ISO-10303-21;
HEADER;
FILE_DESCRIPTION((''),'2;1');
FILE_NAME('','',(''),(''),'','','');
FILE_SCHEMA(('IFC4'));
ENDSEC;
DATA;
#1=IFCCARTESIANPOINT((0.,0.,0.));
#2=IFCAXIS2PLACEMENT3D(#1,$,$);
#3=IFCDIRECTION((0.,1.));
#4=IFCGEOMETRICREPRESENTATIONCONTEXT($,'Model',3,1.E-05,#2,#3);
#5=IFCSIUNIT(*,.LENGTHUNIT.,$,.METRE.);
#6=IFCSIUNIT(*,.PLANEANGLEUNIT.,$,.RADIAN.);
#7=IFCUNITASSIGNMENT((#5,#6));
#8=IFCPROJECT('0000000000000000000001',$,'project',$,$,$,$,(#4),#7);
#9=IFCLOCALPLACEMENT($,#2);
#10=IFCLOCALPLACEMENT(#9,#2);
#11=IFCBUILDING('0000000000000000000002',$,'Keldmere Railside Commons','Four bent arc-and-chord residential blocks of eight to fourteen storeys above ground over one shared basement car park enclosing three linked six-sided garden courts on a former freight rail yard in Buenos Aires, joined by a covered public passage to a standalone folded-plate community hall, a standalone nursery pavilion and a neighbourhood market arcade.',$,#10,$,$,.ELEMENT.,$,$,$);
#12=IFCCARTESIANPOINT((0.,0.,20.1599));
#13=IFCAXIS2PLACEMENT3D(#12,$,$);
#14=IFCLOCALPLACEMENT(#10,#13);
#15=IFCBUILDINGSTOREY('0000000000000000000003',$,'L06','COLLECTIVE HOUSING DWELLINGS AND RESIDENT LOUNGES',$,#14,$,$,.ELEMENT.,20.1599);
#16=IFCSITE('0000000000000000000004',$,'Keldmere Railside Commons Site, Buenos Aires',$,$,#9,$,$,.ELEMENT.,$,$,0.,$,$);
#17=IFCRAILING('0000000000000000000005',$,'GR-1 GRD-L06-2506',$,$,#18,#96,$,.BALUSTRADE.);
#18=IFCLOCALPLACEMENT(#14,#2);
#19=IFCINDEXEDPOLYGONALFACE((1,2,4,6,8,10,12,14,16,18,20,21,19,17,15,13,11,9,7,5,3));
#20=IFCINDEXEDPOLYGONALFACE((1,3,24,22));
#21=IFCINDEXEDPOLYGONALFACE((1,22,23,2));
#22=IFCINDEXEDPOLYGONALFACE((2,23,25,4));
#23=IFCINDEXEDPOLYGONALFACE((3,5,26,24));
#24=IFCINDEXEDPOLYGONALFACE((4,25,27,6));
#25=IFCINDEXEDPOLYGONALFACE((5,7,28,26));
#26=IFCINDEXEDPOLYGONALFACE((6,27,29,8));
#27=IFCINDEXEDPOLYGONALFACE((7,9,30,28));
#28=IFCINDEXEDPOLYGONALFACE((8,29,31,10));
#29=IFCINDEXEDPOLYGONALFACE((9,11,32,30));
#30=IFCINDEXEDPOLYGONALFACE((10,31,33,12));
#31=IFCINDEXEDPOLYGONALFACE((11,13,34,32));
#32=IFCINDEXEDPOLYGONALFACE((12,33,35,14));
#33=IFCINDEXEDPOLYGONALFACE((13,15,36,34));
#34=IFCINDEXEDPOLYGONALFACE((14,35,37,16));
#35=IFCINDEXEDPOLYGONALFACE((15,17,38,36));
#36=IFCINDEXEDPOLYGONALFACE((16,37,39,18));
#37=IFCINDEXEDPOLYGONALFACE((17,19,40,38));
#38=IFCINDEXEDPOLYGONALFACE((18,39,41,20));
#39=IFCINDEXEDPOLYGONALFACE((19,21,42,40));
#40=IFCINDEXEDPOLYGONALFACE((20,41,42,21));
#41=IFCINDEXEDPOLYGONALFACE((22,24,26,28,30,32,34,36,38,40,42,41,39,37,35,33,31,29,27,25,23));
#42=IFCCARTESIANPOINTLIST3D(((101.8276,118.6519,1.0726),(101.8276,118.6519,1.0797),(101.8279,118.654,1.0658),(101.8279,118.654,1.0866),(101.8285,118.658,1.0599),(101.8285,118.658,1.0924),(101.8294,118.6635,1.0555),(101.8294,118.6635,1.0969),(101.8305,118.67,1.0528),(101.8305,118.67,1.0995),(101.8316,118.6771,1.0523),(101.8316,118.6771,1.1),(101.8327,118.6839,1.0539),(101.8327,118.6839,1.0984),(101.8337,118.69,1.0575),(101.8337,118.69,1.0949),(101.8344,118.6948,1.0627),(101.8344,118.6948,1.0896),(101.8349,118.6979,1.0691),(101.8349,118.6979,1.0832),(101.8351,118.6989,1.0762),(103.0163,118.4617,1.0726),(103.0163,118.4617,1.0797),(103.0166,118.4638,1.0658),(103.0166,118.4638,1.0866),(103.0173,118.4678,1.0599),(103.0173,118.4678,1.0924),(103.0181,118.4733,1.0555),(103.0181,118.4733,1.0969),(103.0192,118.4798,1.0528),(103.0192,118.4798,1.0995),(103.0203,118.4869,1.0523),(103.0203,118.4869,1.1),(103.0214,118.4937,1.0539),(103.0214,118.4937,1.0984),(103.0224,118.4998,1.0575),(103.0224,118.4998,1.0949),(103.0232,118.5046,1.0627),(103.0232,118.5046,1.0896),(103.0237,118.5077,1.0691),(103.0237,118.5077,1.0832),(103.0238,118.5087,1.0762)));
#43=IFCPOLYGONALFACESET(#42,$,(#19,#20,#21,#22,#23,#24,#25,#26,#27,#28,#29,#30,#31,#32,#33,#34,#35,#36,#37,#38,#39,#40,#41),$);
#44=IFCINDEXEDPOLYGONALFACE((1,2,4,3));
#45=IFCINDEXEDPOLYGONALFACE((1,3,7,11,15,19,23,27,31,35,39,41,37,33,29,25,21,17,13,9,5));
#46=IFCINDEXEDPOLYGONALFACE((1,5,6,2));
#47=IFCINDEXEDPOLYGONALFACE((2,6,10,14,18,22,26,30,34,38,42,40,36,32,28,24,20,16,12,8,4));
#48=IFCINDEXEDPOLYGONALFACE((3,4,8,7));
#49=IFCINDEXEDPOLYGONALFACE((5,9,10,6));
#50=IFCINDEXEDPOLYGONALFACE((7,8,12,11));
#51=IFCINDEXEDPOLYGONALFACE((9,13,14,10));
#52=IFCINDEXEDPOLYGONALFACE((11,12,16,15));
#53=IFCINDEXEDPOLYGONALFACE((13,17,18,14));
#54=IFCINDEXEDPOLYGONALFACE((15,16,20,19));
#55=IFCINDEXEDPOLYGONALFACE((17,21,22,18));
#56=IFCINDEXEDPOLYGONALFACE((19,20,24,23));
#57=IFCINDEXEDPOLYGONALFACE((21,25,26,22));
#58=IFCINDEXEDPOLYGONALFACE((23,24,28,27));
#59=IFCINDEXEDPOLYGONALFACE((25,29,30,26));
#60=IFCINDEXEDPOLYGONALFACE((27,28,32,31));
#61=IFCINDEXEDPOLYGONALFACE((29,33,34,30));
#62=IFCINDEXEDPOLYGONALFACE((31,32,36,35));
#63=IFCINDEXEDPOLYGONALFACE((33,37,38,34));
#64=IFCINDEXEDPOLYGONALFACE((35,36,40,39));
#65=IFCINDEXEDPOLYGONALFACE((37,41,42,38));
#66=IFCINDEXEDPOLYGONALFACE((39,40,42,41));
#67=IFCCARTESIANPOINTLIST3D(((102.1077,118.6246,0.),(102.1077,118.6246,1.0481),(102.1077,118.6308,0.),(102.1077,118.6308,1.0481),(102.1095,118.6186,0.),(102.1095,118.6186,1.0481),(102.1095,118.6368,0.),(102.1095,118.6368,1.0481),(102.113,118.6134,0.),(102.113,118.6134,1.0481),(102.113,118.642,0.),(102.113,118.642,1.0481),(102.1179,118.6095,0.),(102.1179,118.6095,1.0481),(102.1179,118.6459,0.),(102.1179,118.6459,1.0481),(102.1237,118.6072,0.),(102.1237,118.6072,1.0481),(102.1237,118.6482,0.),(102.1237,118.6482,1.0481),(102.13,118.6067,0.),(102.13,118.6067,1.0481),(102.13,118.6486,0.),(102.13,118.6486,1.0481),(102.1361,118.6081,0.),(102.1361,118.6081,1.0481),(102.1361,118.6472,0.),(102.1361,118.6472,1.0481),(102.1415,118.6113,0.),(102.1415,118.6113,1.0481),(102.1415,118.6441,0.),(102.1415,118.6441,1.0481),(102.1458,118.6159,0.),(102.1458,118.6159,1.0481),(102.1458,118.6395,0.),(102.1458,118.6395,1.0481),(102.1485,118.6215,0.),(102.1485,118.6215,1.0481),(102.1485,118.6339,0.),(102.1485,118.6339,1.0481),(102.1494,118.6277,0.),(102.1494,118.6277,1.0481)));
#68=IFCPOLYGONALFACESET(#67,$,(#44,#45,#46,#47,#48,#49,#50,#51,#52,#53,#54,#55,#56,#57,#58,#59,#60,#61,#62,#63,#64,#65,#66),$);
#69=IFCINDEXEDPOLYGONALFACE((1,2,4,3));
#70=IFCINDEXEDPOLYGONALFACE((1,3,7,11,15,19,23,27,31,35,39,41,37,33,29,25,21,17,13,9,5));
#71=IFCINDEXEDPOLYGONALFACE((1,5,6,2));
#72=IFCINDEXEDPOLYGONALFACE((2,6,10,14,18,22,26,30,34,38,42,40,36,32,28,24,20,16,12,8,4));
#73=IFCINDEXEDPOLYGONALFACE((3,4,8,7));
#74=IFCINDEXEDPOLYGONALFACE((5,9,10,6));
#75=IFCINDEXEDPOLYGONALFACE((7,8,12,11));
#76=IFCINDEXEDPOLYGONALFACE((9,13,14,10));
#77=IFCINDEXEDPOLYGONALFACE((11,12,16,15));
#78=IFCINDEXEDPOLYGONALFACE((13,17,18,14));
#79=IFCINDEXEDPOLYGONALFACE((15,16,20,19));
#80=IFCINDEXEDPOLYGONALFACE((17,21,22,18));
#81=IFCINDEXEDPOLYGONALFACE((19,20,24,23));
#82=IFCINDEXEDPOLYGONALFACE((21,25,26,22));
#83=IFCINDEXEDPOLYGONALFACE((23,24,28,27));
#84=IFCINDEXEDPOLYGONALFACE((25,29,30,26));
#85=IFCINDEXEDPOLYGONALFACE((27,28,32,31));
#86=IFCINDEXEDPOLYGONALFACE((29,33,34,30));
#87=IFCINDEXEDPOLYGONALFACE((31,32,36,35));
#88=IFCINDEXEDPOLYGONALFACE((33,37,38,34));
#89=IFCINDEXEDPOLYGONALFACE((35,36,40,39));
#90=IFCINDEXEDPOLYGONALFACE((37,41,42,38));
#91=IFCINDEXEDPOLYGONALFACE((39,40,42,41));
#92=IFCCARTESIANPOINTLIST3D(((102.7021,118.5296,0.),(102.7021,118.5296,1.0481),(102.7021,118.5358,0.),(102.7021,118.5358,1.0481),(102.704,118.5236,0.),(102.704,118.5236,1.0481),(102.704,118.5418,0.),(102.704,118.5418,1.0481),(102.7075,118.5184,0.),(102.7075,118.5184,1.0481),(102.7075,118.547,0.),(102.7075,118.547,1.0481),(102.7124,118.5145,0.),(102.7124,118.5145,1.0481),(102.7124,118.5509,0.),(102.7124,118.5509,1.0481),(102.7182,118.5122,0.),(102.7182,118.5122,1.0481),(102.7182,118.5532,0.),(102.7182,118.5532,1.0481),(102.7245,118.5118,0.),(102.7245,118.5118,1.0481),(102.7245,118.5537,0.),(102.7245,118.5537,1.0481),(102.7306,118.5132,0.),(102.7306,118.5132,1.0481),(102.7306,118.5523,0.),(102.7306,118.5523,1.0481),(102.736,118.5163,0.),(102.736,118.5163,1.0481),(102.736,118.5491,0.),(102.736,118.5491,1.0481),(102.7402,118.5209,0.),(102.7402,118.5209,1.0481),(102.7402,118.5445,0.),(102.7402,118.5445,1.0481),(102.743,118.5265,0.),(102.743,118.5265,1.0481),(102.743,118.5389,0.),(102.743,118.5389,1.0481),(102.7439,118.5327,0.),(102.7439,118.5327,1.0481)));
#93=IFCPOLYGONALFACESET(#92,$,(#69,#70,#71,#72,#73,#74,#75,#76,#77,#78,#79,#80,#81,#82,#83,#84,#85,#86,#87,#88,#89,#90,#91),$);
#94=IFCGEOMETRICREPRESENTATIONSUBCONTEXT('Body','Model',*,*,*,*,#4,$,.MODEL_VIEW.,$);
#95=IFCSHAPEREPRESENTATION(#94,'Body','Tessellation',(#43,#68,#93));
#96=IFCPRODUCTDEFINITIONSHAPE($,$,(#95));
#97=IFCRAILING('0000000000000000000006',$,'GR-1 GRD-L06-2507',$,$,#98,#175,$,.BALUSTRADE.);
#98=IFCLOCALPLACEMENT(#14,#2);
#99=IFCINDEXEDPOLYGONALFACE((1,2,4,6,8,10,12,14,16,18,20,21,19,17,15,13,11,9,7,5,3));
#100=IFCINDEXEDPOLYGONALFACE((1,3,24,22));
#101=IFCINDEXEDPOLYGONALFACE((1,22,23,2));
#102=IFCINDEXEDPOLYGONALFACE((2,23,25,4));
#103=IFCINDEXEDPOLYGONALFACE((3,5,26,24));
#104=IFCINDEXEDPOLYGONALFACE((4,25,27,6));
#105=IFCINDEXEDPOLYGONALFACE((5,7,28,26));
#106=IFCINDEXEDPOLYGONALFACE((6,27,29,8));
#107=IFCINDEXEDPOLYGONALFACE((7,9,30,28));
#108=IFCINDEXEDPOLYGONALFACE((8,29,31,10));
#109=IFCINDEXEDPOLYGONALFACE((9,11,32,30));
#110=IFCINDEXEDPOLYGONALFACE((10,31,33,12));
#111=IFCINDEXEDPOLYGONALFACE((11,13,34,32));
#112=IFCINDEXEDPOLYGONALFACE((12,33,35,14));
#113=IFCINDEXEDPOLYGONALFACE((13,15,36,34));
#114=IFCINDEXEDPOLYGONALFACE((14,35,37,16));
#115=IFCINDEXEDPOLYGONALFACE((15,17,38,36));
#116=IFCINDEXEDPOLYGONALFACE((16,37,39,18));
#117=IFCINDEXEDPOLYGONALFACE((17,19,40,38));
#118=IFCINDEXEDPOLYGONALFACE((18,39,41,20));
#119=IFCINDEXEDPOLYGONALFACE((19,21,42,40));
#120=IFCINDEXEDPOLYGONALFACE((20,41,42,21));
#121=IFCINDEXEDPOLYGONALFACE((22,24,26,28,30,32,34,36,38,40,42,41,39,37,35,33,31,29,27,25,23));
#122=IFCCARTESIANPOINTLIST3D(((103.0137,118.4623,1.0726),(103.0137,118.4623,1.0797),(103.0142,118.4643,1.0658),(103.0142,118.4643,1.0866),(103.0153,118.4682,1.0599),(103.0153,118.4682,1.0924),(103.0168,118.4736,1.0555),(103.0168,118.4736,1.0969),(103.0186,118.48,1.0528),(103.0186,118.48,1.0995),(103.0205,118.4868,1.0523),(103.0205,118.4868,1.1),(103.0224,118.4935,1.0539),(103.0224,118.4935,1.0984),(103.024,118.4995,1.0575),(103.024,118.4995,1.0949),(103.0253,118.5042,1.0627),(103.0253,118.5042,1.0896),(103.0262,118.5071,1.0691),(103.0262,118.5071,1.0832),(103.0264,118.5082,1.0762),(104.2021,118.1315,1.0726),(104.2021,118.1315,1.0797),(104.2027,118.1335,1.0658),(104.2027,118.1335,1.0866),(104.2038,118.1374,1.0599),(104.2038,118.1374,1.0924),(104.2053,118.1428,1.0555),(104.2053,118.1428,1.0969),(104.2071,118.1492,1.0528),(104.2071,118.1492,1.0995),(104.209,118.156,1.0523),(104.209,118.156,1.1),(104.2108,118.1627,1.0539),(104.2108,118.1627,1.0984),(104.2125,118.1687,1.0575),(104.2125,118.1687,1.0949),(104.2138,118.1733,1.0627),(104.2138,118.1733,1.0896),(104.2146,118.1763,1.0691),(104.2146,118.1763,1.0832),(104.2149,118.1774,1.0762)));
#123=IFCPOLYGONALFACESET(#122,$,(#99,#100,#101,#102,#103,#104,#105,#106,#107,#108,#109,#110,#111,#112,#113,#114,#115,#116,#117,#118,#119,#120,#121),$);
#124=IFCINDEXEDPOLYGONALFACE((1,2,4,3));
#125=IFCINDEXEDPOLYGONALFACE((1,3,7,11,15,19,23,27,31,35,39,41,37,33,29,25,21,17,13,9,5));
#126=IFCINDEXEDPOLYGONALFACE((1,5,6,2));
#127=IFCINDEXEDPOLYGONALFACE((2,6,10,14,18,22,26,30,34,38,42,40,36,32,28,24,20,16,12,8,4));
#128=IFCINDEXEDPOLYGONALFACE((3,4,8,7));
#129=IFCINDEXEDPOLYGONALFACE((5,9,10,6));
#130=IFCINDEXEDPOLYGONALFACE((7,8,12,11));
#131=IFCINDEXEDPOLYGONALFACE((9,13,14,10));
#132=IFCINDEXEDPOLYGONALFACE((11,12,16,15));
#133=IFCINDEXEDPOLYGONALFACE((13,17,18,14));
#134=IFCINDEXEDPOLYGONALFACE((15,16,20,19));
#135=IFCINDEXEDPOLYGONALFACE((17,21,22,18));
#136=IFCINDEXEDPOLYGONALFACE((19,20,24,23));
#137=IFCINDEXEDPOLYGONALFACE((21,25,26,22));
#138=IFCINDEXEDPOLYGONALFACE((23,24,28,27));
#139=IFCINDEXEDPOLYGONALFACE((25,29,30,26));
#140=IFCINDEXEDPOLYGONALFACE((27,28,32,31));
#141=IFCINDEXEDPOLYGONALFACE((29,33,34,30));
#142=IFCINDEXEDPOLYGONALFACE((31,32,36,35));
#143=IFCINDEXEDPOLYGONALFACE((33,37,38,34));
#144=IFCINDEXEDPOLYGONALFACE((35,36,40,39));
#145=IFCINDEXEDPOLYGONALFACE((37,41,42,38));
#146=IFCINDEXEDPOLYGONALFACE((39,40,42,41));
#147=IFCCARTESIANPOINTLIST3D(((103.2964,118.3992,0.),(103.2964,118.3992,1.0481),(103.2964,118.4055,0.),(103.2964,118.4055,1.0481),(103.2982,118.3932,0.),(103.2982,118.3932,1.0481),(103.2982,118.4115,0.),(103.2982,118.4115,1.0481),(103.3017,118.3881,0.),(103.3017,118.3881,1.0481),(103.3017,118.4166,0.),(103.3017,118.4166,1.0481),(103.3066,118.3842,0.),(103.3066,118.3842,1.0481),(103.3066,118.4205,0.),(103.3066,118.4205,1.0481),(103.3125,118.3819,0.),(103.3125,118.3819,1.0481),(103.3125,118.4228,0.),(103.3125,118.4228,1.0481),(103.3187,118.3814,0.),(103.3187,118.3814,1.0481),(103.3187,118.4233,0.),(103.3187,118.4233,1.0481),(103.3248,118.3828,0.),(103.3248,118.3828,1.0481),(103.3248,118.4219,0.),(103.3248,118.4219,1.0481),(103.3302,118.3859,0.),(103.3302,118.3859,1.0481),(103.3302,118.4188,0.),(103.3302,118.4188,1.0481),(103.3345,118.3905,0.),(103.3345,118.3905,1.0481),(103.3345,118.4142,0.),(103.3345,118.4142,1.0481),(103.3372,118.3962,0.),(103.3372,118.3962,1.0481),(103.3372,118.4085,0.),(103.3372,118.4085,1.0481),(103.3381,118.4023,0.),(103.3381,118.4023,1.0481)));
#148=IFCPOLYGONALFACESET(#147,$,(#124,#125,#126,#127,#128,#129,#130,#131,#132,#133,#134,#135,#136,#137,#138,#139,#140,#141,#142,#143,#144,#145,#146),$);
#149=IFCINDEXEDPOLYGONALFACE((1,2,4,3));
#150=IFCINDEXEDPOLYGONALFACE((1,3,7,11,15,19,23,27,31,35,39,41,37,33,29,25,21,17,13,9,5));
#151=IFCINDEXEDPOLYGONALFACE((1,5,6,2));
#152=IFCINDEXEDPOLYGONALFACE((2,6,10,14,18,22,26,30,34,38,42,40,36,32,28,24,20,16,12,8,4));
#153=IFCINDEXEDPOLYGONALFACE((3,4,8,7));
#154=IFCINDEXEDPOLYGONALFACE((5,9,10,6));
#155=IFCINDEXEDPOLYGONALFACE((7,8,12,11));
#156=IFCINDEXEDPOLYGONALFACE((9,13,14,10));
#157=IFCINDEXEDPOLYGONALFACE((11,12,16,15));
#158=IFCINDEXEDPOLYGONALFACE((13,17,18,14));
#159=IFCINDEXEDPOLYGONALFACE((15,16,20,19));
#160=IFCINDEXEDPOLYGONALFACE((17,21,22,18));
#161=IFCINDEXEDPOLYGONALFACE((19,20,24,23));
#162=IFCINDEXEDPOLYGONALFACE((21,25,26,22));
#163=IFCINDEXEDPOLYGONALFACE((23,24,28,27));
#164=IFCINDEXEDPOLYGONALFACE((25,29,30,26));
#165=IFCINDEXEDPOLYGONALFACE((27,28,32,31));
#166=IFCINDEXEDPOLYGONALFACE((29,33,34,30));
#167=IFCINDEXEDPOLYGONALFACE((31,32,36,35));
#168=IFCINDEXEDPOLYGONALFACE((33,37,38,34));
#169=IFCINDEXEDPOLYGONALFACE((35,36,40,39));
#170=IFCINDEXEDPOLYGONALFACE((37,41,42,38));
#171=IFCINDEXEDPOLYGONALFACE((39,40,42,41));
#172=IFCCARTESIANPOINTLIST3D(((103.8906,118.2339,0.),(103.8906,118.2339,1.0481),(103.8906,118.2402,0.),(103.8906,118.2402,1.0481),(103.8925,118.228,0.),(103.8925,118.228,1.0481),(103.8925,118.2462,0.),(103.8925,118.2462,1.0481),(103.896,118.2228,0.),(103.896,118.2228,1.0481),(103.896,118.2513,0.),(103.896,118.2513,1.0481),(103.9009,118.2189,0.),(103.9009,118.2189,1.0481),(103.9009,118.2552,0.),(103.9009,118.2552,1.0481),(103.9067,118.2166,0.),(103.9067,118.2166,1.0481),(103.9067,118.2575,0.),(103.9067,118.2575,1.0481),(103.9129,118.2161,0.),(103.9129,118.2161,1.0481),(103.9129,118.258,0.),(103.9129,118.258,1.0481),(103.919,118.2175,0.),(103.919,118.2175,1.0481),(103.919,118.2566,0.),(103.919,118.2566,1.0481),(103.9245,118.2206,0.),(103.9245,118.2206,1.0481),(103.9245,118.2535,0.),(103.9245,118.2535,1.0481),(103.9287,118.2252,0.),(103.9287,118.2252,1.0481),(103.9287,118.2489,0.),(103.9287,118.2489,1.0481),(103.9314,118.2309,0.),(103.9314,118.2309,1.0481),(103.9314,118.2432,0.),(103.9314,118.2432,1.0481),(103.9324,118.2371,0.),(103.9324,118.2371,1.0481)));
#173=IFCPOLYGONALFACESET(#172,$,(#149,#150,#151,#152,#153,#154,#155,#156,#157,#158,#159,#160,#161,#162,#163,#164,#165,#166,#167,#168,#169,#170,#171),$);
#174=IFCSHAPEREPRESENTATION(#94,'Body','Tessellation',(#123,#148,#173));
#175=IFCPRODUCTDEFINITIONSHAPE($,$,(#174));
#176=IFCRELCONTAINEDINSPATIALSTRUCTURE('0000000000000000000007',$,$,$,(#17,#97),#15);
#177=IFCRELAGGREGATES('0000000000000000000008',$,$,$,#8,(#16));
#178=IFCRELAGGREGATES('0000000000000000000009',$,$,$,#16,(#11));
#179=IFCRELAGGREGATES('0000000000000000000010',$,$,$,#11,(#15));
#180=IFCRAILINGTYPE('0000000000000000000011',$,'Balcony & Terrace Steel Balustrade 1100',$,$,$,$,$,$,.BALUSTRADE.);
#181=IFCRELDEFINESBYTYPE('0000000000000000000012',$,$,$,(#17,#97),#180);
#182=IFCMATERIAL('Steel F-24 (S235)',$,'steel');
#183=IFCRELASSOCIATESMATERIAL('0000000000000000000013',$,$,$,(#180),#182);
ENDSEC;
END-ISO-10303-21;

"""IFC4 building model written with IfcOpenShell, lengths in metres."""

from ifc_helpers import new_model, si_unit, direction, frame, origin, origin_2d, place, context, subcontext, project, spatial, circle, extrude, material, type_object, element, save


model = new_model("IFC4")

# Units and contexts
model_context = context("Model", 3, precision=1e-05, world=origin(), true_north=direction((0.0, 1.0)))
body_context = subcontext(model_context, "Body", "Model", "MODEL_VIEW")
ifc_project = project(units=[si_unit("LENGTHUNIT", "METRE"), si_unit("PLANEANGLEUNIT", "RADIAN")], contexts=[model_context])

# Site, building, storey
site_placement = place(None, origin())
site = spatial("IfcSite", under=ifc_project, at=site_placement, Name="Keldmere Railside Commons Site, Buenos Aires", CompositionType="ELEMENT", RefElevation=0.0)
building_placement = place(site_placement, origin())
building = spatial("IfcBuilding", under=site, at=building_placement, Name="Keldmere Railside Commons", Description="Four bent arc-and-chord residential blocks of eight to fourteen storeys above ground over one shared basement car park enclosing three linked six-sided garden courts on a former freight rail yard in Buenos Aires, joined by a covered public passage to a standalone folded-plate community hall, a standalone nursery pavilion and a neighbourhood market arcade.", CompositionType="ELEMENT")
storey_placement = place(building_placement, frame((0.0, 0.0, 20.1599)))
storey = spatial("IfcBuildingStorey", under=building, at=storey_placement, Name="L06", Description="COLLECTIVE HOUSING DWELLINGS AND RESIDENT LOUNGES", CompositionType="ELEMENT", Elevation=20.1599)

# Railings
ifc_material_1 = material(Name="Steel F-24 (S235)", Category="steel")
railing_type = type_object("IfcRailingType", Name="Balcony & Terrace Steel Balustrade 1100", PredefinedType="BALUSTRADE", material=ifc_material_1)
railing_1_placement = place(storey_placement, frame((101.8313, 118.6753, 0.0)))
element("IfcRailing", 1, at=railing_1_placement, inside=storey, type_object=railing_type, Name="GR-1 GRD-L06-2506", PredefinedType="BALUSTRADE", context=body_context, shape_type="SweptSolid", body=[
    extrude(circle(Radius=0.0239, at=origin_2d()), frame((0.0, 0.0, 1.0762), z_axis=(0.987442, -0.157983, 0.0), x_axis=(0.157983, 0.987442, 0.0)), (0.0, 0.0, 1.0), 1.2039),
    extrude(circle(Radius=0.021, at=origin_2d()), frame((0.2971, -0.0476, 0.0)), (0.0, 0.0, 1.0), 1.0481),
    extrude(circle(Radius=0.021, at=origin_2d()), frame((0.8916, -0.1426, 0.0)), (0.0, 0.0, 1.0), 1.0481),
])
railing_2_placement = place(storey_placement, frame((103.02, 118.4851, 0.0)))
element("IfcRailing", 2, at=railing_2_placement, inside=storey, type_object=railing_type, Name="GR-1 GRD-L06-2507", PredefinedType="BALUSTRADE", context=body_context, shape_type="SweptSolid", body=[
    extrude(circle(Radius=0.0239, at=origin_2d()), frame((0.0, 0.0, 1.0762), z_axis=(0.963376, -0.268154, 0.0), x_axis=(0.268154, 0.963376, 0.0)), (0.0, 0.0, 1.0), 1.2336),
    extrude(circle(Radius=0.021, at=origin_2d()), frame((0.2971, -0.0828, 0.0)), (0.0, 0.0, 1.0), 1.0481),
    extrude(circle(Radius=0.021, at=origin_2d()), frame((0.8914, -0.248, 0.0)), (0.0, 0.0, 1.0), 1.0481),
])

save(model, "model.ifc")
